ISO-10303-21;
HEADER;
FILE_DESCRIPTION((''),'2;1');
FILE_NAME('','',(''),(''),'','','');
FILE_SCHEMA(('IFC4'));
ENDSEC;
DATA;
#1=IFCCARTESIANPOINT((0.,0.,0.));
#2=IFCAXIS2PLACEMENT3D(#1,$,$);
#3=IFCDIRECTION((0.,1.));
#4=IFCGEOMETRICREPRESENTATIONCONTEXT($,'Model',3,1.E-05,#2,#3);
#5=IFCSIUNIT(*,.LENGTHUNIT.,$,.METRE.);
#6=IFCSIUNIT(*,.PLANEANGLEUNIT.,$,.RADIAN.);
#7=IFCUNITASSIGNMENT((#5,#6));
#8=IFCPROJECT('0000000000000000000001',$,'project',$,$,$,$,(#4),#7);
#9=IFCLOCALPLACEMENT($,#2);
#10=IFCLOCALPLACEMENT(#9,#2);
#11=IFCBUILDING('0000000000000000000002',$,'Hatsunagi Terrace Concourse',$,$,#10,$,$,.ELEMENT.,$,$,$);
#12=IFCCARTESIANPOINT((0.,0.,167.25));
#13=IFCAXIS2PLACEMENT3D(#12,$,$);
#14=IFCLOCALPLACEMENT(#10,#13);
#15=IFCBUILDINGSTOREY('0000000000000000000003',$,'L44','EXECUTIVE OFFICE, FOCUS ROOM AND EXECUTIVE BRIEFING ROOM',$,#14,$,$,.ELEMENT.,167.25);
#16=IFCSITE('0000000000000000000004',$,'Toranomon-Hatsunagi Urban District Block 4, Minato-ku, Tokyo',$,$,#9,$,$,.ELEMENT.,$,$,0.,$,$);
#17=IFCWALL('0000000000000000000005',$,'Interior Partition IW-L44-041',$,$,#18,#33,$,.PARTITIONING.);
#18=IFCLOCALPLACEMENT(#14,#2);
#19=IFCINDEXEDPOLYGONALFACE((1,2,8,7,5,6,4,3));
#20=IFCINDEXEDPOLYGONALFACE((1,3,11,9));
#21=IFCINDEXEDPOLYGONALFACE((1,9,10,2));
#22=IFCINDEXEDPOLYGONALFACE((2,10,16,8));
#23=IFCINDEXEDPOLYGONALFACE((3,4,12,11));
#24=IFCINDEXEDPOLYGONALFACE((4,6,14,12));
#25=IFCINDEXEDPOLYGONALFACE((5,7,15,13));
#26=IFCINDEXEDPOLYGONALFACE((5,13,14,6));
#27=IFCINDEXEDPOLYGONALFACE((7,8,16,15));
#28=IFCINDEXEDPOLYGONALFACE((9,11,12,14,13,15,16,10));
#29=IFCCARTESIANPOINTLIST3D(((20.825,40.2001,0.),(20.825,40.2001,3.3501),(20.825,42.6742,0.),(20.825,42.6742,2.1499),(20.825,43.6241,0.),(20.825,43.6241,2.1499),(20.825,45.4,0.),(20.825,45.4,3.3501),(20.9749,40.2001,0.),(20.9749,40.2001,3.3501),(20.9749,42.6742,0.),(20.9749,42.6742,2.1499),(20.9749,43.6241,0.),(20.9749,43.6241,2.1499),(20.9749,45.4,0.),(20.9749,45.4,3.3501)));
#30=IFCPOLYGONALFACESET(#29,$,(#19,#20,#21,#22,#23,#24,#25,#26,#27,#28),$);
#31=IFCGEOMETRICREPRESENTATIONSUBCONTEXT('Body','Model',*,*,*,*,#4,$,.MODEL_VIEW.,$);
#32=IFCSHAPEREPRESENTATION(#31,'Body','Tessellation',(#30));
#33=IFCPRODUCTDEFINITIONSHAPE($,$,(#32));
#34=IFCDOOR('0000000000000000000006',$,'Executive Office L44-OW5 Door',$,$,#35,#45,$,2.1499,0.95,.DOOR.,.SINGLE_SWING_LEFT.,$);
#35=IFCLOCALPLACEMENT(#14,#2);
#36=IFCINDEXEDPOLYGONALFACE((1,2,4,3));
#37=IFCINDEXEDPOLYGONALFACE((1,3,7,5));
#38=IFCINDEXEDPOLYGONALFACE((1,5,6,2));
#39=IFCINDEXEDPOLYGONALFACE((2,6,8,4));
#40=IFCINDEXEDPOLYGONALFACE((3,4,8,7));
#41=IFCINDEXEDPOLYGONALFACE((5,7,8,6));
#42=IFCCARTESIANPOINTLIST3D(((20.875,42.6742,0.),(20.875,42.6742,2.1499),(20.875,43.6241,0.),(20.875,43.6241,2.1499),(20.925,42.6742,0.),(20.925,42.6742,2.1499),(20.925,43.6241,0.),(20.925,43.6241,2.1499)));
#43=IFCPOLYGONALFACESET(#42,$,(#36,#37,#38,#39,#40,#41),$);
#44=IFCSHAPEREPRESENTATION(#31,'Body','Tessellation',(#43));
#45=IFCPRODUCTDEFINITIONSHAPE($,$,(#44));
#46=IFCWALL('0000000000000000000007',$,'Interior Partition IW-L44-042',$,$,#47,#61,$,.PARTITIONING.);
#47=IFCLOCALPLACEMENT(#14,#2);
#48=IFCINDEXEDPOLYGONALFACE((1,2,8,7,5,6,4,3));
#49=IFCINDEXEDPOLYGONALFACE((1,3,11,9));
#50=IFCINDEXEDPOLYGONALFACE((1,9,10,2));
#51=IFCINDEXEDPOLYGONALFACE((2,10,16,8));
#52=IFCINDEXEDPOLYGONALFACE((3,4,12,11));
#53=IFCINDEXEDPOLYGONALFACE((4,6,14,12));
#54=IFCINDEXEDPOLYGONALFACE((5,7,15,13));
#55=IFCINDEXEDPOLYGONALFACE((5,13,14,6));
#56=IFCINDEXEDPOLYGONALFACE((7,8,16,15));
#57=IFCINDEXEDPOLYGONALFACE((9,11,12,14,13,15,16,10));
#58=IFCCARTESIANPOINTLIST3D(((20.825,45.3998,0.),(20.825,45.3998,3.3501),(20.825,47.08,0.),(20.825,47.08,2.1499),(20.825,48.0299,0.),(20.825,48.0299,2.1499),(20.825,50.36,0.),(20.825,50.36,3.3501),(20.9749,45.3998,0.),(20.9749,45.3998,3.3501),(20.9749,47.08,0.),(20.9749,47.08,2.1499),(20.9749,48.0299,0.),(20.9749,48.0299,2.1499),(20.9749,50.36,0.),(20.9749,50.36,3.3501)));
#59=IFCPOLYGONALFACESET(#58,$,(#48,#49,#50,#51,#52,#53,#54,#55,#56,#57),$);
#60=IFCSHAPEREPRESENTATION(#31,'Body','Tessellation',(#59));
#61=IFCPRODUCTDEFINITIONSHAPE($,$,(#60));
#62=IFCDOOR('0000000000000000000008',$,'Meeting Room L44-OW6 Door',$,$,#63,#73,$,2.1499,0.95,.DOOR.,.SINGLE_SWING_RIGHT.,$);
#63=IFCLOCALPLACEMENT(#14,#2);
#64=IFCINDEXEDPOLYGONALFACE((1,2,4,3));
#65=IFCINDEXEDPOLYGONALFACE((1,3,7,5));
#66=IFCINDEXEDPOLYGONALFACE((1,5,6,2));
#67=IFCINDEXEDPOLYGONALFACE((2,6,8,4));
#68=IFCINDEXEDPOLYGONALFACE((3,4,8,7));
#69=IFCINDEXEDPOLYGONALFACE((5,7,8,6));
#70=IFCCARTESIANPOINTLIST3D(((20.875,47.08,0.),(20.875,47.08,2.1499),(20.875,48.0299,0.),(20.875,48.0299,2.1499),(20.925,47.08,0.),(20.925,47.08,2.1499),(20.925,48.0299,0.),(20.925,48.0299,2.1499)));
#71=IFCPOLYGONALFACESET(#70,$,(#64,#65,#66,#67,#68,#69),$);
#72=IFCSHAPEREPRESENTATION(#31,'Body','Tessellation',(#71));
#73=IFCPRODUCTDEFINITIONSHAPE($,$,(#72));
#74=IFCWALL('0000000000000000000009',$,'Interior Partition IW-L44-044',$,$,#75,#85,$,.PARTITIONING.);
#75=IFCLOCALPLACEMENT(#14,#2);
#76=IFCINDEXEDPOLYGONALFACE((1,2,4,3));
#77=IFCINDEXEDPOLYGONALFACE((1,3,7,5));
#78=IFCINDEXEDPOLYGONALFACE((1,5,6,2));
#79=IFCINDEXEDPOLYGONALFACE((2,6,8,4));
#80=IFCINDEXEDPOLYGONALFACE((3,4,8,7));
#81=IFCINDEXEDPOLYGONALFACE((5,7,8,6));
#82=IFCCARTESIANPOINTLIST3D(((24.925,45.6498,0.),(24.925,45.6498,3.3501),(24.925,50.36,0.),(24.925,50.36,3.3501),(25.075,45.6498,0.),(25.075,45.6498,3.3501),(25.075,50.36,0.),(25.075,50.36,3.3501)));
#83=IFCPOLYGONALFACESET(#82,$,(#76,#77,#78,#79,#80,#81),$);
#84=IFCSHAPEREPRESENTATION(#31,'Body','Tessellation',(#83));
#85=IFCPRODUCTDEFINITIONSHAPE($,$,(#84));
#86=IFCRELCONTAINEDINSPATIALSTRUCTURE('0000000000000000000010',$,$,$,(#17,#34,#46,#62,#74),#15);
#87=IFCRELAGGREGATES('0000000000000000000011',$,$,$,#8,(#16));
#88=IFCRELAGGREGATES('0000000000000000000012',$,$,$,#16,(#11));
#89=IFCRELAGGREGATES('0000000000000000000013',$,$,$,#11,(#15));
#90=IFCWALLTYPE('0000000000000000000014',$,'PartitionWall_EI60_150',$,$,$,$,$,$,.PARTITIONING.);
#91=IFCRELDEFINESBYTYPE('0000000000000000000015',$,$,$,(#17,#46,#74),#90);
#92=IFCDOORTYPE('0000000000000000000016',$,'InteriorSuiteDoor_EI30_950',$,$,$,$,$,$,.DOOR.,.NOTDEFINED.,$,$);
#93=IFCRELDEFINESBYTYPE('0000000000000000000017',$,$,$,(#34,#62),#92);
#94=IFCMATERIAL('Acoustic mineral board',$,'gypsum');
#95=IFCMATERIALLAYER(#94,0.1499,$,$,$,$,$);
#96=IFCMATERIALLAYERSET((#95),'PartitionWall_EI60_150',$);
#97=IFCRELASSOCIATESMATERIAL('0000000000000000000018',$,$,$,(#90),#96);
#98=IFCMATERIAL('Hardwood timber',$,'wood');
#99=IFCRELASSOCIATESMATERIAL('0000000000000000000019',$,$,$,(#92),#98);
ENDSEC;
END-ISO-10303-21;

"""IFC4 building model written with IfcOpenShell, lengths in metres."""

from ifc_helpers import new_model, si_unit, direction, frame, frame_2d, origin, place, context, subcontext, project, spatial, rectangle, extrude, material, layer, layer_set, type_object, element, fill, save


model = new_model("IFC4")

# Units and contexts
model_context = context("Model", 3, precision=1e-05, world=origin(), true_north=direction((0.0, 1.0)))
body_context = subcontext(model_context, "Body", "Model", "MODEL_VIEW")
ifc_project = project(units=[si_unit("LENGTHUNIT", "METRE"), si_unit("PLANEANGLEUNIT", "RADIAN")], contexts=[model_context])

# Site, building, storey
site_placement = place(None, origin())
site = spatial("IfcSite", under=ifc_project, at=site_placement, Name="Toranomon-Hatsunagi Urban District Block 4, Minato-ku, Tokyo", CompositionType="ELEMENT", RefElevation=0.0)
building_placement = place(site_placement, origin())
building = spatial("IfcBuilding", under=site, at=building_placement, Name="Hatsunagi Terrace Concourse", CompositionType="ELEMENT")
storey_placement = place(building_placement, frame((0.0, 0.0, 167.25)))
storey = spatial("IfcBuildingStorey", under=building, at=storey_placement, Name="L44", Description="EXECUTIVE OFFICE, FOCUS ROOM AND EXECUTIVE BRIEFING ROOM", CompositionType="ELEMENT", Elevation=167.25)

# Walls, openings, doors
ifc_material_1 = material(Name="Acoustic mineral board", Category="gypsum")
ifc_layer_1 = layer(ifc_material_1, 0.1499)
ifc_layer_set_1 = layer_set([ifc_layer_1], Name="PartitionWall_EI60_150")
wall_type_1 = type_object("IfcWallType", Name="PartitionWall_EI60_150", PredefinedType="PARTITIONING", material=ifc_layer_set_1)
wall_1_placement = place(storey_placement, frame((20.8999, 40.2, 0.0), z_axis=(0.0, 0.0, 1.0), x_axis=(0.0, 1.0, 0.0)))
wall_1 = element("IfcWall", 1, at=wall_1_placement, inside=storey, type_object=wall_type_1, Name="Interior Partition IW-L44-041", PredefinedType="PARTITIONING", context=body_context, shape_type="SweptSolid", body=[
    extrude(rectangle(XDim=5.2, YDim=0.1499, at=frame_2d((2.6001, 0.0))), origin(), (0.0, 0.0, 1.0), 3.3501),
])
opening_1_placement = place(wall_1_placement, frame((2.4741, 0.0, 0.0)))
opening_1 = element("IfcOpeningElement", 2, at=opening_1_placement, cuts=wall_1, PredefinedType="OPENING", context=body_context, shape_type="SweptSolid", body=[
    extrude(rectangle(XDim=0.95, YDim=2.1499, at=frame_2d((0.4751, 1.075))), frame((0.0, 0.085, 0.0), z_axis=(0.0, -1.0, 0.0), x_axis=(1.0, 0.0, 0.0)), (0.0, 0.0, 1.0), 0.1699),
])
ifc_material_2 = material(Name="Hardwood timber", Category="wood")
door_type = type_object("IfcDoorType", Name="InteriorSuiteDoor_EI30_950", OperationType="NOTDEFINED", PredefinedType="DOOR", material=ifc_material_2)
door_1_placement = place(opening_1_placement, origin())
door_1 = element("IfcDoor", 3, at=door_1_placement, inside=storey, type_object=door_type, Name="Executive Office L44-OW5 Door", OperationType="SINGLE_SWING_LEFT", OverallHeight=2.1499, OverallWidth=0.95, PredefinedType="DOOR", context=body_context, shape_type="SweptSolid", body=[
    extrude(rectangle(XDim=0.95, YDim=2.1499, at=frame_2d((0.4751, 1.075))), frame((0.0, 0.0249, 0.0), z_axis=(0.0, -1.0, 0.0), x_axis=(1.0, 0.0, 0.0)), (0.0, 0.0, 1.0), 0.05),
])
fill(opening_1, door_1)
wall_2_placement = place(storey_placement, frame((20.8999, 45.3999, 0.0), z_axis=(0.0, 0.0, 1.0), x_axis=(0.0, 1.0, 0.0)))
wall_2 = element("IfcWall", 4, at=wall_2_placement, inside=storey, type_object=wall_type_1, Name="Interior Partition IW-L44-042", PredefinedType="PARTITIONING", context=body_context, shape_type="SweptSolid", body=[
    extrude(rectangle(XDim=4.9602, YDim=0.1499, at=frame_2d((2.48, 0.0))), origin(), (0.0, 0.0, 1.0), 3.3501),
])
opening_2_placement = place(wall_2_placement, frame((1.6799, 0.0, 0.0)))
opening_2 = element("IfcOpeningElement", 5, at=opening_2_placement, cuts=wall_2, PredefinedType="OPENING", context=body_context, shape_type="SweptSolid", body=[
    extrude(rectangle(XDim=0.95, YDim=2.1499, at=frame_2d((0.4751, 1.075))), frame((0.0, 0.085, 0.0), z_axis=(0.0, -1.0, 0.0), x_axis=(1.0, 0.0, 0.0)), (0.0, 0.0, 1.0), 0.1699),
])
door_2_placement = place(opening_2_placement, origin())
door_2 = element("IfcDoor", 6, at=door_2_placement, inside=storey, type_object=door_type, Name="Meeting Room L44-OW6 Door", OperationType="SINGLE_SWING_RIGHT", OverallHeight=2.1499, OverallWidth=0.95, PredefinedType="DOOR", context=body_context, shape_type="SweptSolid", body=[
    extrude(rectangle(XDim=0.95, YDim=2.1499, at=frame_2d((0.4751, 1.075))), frame((0.0, 0.0249, 0.0), z_axis=(0.0, -1.0, 0.0), x_axis=(1.0, 0.0, 0.0)), (0.0, 0.0, 1.0), 0.05),
])
fill(opening_2, door_2)

# Wall
wall_3_placement = place(storey_placement, frame((25.0, 45.6499, 0.0), z_axis=(0.0, 0.0, 1.0), x_axis=(0.0, 1.0, 0.0)))
element("IfcWall", 7, at=wall_3_placement, inside=storey, type_object=wall_type_1, Name="Interior Partition IW-L44-044", PredefinedType="PARTITIONING", context=body_context, shape_type="SweptSolid", body=[
    extrude(rectangle(XDim=4.7102, YDim=0.1499, at=frame_2d((2.355, 0.0))), origin(), (0.0, 0.0, 1.0), 3.3501),
])

save(model, "model.ifc")
